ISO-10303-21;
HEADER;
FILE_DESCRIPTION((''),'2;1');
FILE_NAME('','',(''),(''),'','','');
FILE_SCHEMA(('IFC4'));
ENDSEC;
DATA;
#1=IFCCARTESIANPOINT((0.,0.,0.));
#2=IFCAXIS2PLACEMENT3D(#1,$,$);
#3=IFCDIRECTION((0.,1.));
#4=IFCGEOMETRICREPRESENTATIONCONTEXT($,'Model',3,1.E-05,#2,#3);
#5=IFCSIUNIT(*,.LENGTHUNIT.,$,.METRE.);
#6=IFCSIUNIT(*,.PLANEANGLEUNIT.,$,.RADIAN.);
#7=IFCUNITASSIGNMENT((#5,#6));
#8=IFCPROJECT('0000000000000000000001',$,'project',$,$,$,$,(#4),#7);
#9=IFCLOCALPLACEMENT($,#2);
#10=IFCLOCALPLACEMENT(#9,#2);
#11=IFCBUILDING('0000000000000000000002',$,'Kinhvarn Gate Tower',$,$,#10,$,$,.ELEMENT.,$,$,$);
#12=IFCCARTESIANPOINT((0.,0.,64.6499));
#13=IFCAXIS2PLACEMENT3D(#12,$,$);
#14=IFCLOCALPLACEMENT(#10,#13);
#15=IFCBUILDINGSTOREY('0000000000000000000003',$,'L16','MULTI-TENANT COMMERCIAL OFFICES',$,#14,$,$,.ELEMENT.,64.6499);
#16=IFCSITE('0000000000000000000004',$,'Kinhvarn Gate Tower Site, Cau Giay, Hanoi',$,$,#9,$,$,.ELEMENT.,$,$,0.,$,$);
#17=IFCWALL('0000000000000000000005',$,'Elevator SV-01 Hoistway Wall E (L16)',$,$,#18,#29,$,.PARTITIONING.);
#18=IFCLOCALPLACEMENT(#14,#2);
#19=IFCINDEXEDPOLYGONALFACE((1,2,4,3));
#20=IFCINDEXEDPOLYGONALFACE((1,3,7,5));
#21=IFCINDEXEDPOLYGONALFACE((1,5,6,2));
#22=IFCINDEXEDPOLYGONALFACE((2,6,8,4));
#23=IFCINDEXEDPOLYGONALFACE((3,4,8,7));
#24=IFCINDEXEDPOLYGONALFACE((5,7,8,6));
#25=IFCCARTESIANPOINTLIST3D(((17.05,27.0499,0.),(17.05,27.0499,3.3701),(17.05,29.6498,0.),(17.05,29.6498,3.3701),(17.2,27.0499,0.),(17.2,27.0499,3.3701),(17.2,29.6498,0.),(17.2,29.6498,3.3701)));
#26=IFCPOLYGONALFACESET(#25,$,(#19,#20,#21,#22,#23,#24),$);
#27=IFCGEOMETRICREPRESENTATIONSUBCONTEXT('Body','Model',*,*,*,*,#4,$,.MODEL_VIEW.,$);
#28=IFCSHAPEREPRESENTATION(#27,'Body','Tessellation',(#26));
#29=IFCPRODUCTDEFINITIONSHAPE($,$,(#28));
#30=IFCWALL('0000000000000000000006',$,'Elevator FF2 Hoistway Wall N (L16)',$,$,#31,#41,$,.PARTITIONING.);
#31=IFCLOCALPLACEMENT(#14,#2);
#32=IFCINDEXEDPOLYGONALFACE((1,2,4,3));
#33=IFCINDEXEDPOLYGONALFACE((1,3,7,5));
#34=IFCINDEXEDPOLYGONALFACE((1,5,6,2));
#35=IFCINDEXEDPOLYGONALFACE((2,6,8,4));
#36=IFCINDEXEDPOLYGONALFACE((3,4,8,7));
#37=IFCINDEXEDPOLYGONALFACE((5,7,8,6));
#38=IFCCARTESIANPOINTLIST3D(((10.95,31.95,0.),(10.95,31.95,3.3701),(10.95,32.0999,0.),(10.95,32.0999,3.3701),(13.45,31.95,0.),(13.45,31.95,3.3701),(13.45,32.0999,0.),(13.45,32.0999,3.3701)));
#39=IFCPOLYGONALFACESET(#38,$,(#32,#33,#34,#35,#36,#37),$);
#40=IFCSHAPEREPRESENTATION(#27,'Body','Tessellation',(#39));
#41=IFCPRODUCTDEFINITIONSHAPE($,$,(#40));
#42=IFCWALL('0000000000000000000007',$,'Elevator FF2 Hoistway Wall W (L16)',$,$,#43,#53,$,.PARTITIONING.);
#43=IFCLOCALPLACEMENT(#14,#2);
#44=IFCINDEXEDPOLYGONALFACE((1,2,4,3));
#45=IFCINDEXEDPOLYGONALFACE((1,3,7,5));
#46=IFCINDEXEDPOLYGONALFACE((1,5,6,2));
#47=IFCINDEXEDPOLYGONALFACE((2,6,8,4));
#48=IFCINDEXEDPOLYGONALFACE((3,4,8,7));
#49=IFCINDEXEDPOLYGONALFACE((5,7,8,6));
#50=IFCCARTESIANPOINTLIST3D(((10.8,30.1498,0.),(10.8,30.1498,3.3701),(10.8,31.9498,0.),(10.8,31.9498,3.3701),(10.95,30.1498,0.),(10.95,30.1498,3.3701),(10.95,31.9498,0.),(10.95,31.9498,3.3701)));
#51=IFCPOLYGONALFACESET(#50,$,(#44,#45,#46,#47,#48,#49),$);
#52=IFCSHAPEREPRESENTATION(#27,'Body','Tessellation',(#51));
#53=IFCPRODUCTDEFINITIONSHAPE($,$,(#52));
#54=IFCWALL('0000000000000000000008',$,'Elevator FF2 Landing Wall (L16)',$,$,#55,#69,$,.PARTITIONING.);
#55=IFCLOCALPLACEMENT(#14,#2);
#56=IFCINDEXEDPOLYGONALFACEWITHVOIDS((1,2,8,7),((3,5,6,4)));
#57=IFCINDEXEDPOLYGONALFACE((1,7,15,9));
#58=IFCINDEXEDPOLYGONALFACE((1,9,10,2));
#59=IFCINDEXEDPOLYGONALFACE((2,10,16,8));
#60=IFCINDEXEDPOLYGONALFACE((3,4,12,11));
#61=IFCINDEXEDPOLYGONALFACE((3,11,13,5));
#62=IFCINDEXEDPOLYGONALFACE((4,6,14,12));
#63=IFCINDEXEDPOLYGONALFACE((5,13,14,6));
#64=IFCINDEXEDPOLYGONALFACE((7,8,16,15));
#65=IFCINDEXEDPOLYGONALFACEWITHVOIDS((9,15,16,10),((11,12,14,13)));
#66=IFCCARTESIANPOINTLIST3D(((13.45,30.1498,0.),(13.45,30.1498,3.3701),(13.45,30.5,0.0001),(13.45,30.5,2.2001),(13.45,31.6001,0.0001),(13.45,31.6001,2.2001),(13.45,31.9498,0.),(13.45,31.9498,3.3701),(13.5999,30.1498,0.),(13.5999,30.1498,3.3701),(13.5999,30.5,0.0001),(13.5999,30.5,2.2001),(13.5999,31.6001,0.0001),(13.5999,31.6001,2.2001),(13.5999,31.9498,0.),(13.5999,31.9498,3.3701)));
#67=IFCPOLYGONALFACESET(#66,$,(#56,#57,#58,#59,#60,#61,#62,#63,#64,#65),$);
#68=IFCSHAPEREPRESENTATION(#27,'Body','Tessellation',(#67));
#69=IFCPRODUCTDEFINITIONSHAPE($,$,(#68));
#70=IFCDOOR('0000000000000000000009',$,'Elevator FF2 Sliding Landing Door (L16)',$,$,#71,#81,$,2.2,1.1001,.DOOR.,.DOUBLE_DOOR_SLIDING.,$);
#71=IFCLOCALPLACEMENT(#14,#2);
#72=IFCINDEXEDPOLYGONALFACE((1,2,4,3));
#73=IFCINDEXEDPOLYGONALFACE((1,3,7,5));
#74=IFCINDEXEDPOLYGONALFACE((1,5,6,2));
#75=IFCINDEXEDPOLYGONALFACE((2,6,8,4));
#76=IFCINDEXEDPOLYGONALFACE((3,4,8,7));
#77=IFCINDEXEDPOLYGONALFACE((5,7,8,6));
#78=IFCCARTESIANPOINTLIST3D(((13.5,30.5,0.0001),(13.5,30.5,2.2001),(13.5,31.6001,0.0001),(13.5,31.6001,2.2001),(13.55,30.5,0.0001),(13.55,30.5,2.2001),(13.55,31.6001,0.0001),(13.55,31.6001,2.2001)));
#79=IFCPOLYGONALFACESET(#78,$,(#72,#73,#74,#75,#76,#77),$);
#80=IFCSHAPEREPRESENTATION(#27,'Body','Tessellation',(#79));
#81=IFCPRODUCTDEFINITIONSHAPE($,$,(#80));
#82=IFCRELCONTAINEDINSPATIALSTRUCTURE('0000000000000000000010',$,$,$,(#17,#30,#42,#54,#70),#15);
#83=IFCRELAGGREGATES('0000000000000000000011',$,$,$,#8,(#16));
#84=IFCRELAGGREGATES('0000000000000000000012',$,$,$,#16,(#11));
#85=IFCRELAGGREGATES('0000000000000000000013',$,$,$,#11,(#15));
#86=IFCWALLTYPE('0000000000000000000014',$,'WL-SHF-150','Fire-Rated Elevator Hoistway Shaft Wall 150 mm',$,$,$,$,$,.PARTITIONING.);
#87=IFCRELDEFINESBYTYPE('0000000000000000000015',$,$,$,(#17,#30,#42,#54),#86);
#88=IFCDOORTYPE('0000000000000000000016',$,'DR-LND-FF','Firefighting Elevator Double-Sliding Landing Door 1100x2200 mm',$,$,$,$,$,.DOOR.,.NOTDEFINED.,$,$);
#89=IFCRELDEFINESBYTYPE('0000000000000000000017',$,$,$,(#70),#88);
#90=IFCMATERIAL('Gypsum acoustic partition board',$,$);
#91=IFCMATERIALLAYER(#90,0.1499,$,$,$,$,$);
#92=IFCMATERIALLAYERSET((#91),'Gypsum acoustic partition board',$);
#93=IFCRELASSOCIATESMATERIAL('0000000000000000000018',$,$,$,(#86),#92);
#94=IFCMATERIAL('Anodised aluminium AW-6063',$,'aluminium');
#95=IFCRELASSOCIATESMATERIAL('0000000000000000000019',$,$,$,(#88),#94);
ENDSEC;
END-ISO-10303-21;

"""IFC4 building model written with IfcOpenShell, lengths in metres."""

from ifc_helpers import new_model, si_unit, direction, frame, frame_2d, origin, place, context, subcontext, project, spatial, rectangle, extrude, material, layer, layer_set, type_object, element, fill, save


model = new_model("IFC4")

# Units and contexts
model_context = context("Model", 3, precision=1e-05, world=origin(), true_north=direction((0.0, 1.0)))
body_context = subcontext(model_context, "Body", "Model", "MODEL_VIEW")
ifc_project = project(units=[si_unit("LENGTHUNIT", "METRE"), si_unit("PLANEANGLEUNIT", "RADIAN")], contexts=[model_context])

# Site, building, storey
site_placement = place(None, origin())
site = spatial("IfcSite", under=ifc_project, at=site_placement, Name="Kinhvarn Gate Tower Site, Cau Giay, Hanoi", CompositionType="ELEMENT", RefElevation=0.0)
building_placement = place(site_placement, origin())
building = spatial("IfcBuilding", under=site, at=building_placement, Name="Kinhvarn Gate Tower", CompositionType="ELEMENT")
storey_placement = place(building_placement, frame((0.0, 0.0, 64.6499)))
storey = spatial("IfcBuildingStorey", under=building, at=storey_placement, Name="L16", Description="MULTI-TENANT COMMERCIAL OFFICES", CompositionType="ELEMENT", Elevation=64.6499)

# Shared definitions
ifc_material_1 = material(Name="Anodised aluminium AW-6063", Category="aluminium")
ifc_material_2 = material(Name="Gypsum acoustic partition board")

# Shared definitions
ifc_layer_1 = layer(ifc_material_2, 0.1499)
ifc_layer_set_1 = layer_set([ifc_layer_1], Name="Gypsum acoustic partition board")
wall_type_1 = type_object("IfcWallType", Name="WL-SHF-150", Description="Fire-Rated Elevator Hoistway Shaft Wall 150 mm", PredefinedType="PARTITIONING", material=ifc_layer_set_1)

# Walls
wall_1_placement = place(storey_placement, frame((17.125, 27.05, 0.0), z_axis=(0.0, 0.0, 1.0), x_axis=(0.0, 1.0, 0.0)))
element("IfcWall", 1, at=wall_1_placement, inside=storey, type_object=wall_type_1, Name="Elevator SV-01 Hoistway Wall E (L16)", PredefinedType="PARTITIONING", context=body_context, shape_type="SweptSolid", body=[
    extrude(rectangle(XDim=2.5999, YDim=0.1499, at=frame_2d((1.2998, 0.0))), origin(), (0.0, 0.0, 1.0), 3.3701),
])
wall_2_placement = place(storey_placement, frame((10.95, 32.0249, 0.0), z_axis=(0.0, 0.0, 1.0), x_axis=(1.0, 0.0, 0.0)))
element("IfcWall", 2, at=wall_2_placement, inside=storey, type_object=wall_type_1, Name="Elevator FF2 Hoistway Wall N (L16)", PredefinedType="PARTITIONING", context=body_context, shape_type="SweptSolid", body=[
    extrude(rectangle(XDim=2.5, YDim=0.1499, at=frame_2d((1.25, 0.0))), origin(), (0.0, 0.0, 1.0), 3.3701),
])
wall_3_placement = place(storey_placement, frame((10.875, 30.1499, 0.0), z_axis=(0.0, 0.0, 1.0), x_axis=(0.0, 1.0, 0.0)))
element("IfcWall", 3, at=wall_3_placement, inside=storey, type_object=wall_type_1, Name="Elevator FF2 Hoistway Wall W (L16)", PredefinedType="PARTITIONING", context=body_context, shape_type="SweptSolid", body=[
    extrude(rectangle(XDim=1.8, YDim=0.1499, at=frame_2d((0.8999, 0.0))), origin(), (0.0, 0.0, 1.0), 3.3701),
])

# Wall, opening, door
wall_4_placement = place(storey_placement, frame((13.5249, 30.1499, 0.0), z_axis=(0.0, 0.0, 1.0), x_axis=(0.0, 1.0, 0.0)))
wall_4 = element("IfcWall", 4, at=wall_4_placement, inside=storey, type_object=wall_type_1, Name="Elevator FF2 Landing Wall (L16)", PredefinedType="PARTITIONING", context=body_context, shape_type="SweptSolid", body=[
    extrude(rectangle(XDim=1.8, YDim=0.1499, at=frame_2d((0.8999, 0.0))), origin(), (0.0, 0.0, 1.0), 3.3701),
])
opening_1_placement = place(wall_4_placement, frame((0.3501, 0.0, 0.0)))
opening_1 = element("IfcOpeningElement", 5, at=opening_1_placement, cuts=wall_4, PredefinedType="OPENING", context=body_context, shape_type="SweptSolid", body=[
    extrude(rectangle(XDim=1.1001, YDim=2.2, at=frame_2d((0.55, 1.1001))), frame((0.0, 0.085, 0.0), z_axis=(0.0, -1.0, 0.0), x_axis=(1.0, 0.0, 0.0)), (0.0, 0.0, 1.0), 0.1699),
])
door_type_1 = type_object("IfcDoorType", Name="DR-LND-FF", Description="Firefighting Elevator Double-Sliding Landing Door 1100x2200 mm", OperationType="NOTDEFINED", PredefinedType="DOOR", material=ifc_material_1)
door_1_placement = place(opening_1_placement, origin())
door_1 = element("IfcDoor", 6, at=door_1_placement, inside=storey, type_object=door_type_1, Name="Elevator FF2 Sliding Landing Door (L16)", OperationType="DOUBLE_DOOR_SLIDING", OverallHeight=2.2, OverallWidth=1.1001, PredefinedType="DOOR", context=body_context, shape_type="SweptSolid", body=[
    extrude(rectangle(XDim=1.1001, YDim=2.2, at=frame_2d((0.55, 1.1001))), frame((0.0, 0.0249, 0.0), z_axis=(0.0, -1.0, 0.0), x_axis=(1.0, 0.0, 0.0)), (0.0, 0.0, 1.0), 0.05),
])
fill(opening_1, door_1)

save(model, "model.ifc")
